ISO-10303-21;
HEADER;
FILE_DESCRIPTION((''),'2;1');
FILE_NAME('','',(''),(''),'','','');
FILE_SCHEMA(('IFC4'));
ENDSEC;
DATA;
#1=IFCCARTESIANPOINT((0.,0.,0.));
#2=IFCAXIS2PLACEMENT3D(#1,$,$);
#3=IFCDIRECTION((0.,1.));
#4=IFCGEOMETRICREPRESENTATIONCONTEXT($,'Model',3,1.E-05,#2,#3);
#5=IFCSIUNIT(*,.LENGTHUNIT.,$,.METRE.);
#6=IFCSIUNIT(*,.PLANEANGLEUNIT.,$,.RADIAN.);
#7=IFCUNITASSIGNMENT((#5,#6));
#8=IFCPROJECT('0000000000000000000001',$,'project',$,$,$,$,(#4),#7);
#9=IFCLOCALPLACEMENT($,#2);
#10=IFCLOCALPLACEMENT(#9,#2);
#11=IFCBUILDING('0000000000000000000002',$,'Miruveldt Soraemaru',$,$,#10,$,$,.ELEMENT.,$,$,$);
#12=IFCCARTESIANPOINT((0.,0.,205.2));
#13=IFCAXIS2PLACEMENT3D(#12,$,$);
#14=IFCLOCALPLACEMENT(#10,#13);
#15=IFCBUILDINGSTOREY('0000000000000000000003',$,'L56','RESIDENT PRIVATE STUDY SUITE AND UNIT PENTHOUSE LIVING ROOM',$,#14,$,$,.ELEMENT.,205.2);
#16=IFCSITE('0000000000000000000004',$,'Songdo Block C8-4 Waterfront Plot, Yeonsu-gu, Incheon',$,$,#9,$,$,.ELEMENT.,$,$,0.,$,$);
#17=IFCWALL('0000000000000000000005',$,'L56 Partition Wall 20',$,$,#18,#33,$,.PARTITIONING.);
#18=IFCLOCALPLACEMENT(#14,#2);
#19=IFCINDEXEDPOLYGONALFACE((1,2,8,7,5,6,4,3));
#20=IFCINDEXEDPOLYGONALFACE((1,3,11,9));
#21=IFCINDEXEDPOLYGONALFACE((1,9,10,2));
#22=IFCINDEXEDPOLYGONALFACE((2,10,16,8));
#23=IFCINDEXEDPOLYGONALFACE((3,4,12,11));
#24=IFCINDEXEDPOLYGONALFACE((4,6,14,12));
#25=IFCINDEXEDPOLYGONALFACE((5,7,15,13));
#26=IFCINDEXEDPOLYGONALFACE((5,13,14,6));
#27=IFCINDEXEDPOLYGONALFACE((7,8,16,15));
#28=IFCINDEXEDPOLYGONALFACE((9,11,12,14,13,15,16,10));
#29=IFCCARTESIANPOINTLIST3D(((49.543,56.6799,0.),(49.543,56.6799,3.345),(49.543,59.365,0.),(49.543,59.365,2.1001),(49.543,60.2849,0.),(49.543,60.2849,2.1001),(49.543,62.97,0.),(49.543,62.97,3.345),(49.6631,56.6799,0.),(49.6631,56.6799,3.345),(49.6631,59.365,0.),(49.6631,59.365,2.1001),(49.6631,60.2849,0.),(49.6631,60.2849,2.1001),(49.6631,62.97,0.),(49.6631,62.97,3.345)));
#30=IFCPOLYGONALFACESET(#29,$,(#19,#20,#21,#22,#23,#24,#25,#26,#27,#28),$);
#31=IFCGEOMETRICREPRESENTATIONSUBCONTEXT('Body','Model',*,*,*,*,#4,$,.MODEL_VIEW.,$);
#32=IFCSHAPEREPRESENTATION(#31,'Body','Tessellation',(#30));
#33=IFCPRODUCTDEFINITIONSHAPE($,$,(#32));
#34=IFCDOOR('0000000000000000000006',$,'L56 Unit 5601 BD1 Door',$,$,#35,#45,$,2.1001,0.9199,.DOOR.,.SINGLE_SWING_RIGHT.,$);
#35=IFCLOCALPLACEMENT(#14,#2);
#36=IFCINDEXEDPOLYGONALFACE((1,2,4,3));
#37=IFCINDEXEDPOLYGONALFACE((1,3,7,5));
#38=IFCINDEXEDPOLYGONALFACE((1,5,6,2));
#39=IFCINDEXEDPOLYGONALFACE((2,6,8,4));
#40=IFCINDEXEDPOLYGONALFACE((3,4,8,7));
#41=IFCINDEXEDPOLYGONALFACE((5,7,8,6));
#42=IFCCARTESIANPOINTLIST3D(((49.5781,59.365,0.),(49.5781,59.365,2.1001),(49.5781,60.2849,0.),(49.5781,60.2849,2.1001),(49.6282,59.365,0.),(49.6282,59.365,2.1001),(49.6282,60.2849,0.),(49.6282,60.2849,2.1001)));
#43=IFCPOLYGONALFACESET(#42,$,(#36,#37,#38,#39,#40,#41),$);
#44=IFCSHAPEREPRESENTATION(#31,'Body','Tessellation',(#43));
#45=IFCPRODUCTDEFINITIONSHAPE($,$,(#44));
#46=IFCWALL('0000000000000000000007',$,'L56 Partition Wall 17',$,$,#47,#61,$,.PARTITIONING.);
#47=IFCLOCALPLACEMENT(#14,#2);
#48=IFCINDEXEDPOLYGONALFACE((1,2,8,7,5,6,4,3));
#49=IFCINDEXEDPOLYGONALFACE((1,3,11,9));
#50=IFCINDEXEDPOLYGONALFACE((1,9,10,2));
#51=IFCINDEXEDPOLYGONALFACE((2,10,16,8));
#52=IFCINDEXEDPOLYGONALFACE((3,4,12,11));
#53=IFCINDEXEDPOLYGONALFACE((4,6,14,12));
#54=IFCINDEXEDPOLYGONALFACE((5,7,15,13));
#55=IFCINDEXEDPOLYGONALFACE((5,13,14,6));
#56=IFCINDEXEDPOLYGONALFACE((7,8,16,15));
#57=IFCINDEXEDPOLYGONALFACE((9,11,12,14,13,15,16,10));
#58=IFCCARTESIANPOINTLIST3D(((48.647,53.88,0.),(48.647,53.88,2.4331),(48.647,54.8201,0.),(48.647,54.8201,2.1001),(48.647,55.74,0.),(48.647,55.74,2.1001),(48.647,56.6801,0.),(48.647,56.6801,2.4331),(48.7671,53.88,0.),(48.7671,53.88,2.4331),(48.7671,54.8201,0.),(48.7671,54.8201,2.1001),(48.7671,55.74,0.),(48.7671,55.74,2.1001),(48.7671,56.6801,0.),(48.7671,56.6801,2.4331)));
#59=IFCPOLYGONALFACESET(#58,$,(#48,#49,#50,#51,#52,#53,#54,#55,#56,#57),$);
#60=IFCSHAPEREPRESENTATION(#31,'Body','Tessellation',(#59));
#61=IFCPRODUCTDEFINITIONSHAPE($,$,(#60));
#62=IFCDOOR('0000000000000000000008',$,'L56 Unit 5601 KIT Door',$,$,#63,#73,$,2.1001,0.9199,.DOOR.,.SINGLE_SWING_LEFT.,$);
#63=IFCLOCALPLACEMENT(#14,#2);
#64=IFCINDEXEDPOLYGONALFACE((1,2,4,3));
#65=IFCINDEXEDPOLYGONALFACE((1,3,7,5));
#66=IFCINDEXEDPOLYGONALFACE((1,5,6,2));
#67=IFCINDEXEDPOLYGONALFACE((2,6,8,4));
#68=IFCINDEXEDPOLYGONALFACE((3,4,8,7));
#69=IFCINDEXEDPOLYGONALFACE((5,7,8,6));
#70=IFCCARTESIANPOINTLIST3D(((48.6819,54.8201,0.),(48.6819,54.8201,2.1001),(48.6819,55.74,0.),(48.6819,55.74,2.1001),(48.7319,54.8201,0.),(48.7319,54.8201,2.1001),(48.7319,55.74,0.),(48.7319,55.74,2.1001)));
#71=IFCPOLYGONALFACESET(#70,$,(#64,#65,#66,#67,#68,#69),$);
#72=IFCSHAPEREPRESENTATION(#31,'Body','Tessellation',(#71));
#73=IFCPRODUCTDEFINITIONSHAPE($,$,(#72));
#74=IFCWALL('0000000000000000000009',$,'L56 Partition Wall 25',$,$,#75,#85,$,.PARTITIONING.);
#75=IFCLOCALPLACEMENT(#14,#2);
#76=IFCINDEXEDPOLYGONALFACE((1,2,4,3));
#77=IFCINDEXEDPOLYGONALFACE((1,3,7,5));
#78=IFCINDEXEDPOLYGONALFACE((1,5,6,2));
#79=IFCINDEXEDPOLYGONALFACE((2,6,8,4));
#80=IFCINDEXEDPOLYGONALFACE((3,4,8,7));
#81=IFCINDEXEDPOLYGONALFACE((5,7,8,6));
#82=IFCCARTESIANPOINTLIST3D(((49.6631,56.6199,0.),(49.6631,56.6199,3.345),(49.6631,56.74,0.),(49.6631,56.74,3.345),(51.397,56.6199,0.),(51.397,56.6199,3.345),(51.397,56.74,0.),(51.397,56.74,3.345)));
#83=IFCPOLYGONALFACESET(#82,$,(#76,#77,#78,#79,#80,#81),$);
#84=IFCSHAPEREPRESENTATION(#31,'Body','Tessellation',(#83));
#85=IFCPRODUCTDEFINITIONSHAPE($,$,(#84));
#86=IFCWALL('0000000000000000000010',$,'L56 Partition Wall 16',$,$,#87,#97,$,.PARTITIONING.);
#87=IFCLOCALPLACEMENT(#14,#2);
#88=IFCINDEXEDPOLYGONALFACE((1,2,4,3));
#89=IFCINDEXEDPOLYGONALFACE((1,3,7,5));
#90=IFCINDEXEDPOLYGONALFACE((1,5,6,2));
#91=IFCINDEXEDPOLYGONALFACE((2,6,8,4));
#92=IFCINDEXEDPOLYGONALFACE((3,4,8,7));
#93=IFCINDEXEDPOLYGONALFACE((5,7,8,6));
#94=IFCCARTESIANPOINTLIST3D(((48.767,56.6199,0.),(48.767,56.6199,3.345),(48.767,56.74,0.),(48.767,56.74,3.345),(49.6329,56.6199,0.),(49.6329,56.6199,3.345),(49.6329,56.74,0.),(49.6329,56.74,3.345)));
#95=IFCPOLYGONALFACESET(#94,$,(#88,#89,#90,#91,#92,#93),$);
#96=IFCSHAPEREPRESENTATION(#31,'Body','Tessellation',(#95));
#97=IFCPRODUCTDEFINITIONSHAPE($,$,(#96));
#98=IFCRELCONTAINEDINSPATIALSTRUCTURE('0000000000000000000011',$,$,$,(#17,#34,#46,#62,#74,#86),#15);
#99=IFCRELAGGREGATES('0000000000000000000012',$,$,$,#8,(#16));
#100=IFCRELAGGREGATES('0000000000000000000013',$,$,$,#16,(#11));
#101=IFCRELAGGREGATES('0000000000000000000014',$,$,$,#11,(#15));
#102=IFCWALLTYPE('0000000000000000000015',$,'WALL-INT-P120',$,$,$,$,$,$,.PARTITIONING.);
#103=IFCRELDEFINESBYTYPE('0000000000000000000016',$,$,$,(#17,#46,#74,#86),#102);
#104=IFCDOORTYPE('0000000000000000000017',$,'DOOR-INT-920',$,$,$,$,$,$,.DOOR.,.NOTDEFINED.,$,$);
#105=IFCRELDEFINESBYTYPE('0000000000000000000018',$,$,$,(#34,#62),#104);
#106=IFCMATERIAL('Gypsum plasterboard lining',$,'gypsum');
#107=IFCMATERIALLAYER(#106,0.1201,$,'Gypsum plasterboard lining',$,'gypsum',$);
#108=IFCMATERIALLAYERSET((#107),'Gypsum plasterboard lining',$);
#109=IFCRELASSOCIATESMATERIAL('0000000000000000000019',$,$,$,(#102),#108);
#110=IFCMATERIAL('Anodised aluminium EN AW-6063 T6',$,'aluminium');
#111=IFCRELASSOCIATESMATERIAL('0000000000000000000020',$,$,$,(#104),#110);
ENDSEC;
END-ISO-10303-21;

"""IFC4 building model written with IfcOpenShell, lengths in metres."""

from ifc_helpers import new_model, si_unit, direction, frame, frame_2d, origin, place, context, subcontext, project, spatial, rectangle, extrude, material, layer, layer_set, type_object, element, fill, save


model = new_model("IFC4")

# Units and contexts
model_context = context("Model", 3, precision=1e-05, world=origin(), true_north=direction((0.0, 1.0)))
body_context = subcontext(model_context, "Body", "Model", "MODEL_VIEW")
ifc_project = project(units=[si_unit("LENGTHUNIT", "METRE"), si_unit("PLANEANGLEUNIT", "RADIAN")], contexts=[model_context])

# Site, building, storey
site_placement = place(None, origin())
site = spatial("IfcSite", under=ifc_project, at=site_placement, Name="Songdo Block C8-4 Waterfront Plot, Yeonsu-gu, Incheon", CompositionType="ELEMENT", RefElevation=0.0)
building_placement = place(site_placement, origin())
building = spatial("IfcBuilding", under=site, at=building_placement, Name="Miruveldt Soraemaru", CompositionType="ELEMENT")
storey_placement = place(building_placement, frame((0.0, 0.0, 205.2)))
storey = spatial("IfcBuildingStorey", under=building, at=storey_placement, Name="L56", Description="RESIDENT PRIVATE STUDY SUITE AND UNIT PENTHOUSE LIVING ROOM", CompositionType="ELEMENT", Elevation=205.2)

# Shared definitions
ifc_material_1 = material(Name="Anodised aluminium EN AW-6063 T6", Category="aluminium")

# Walls, openings, doors
ifc_material_2 = material(Name="Gypsum plasterboard lining", Category="gypsum")
ifc_layer_1 = layer(ifc_material_2, 0.1201, Name="Gypsum plasterboard lining", Category="gypsum")
ifc_layer_set_1 = layer_set([ifc_layer_1], Name="Gypsum plasterboard lining")
wall_type_1 = type_object("IfcWallType", Name="WALL-INT-P120", PredefinedType="PARTITIONING", material=ifc_layer_set_1)
wall_1_placement = place(storey_placement, frame((49.603, 56.6799, 0.0), z_axis=(0.0, 0.0, 1.0), x_axis=(0.0, 1.0, 0.0)))
wall_1 = element("IfcWall", 1, at=wall_1_placement, inside=storey, type_object=wall_type_1, Name="L56 Partition Wall 20", PredefinedType="PARTITIONING", context=body_context, shape_type="SweptSolid", body=[
    extrude(rectangle(XDim=6.29, YDim=0.1201, at=frame_2d((3.145, 0.0))), origin(), (0.0, 0.0, 1.0), 3.345),
])
opening_1_placement = place(wall_1_placement, frame((2.6851, 0.0, 0.0)))
opening_1 = element("IfcOpeningElement", 2, at=opening_1_placement, cuts=wall_1, PredefinedType="OPENING", context=body_context, shape_type="SweptSolid", body=[
    extrude(rectangle(XDim=0.9199, YDim=2.1001, at=frame_2d((0.46, 1.05))), frame((0.0, 0.0701, 0.0), z_axis=(0.0, -1.0, 0.0), x_axis=(1.0, 0.0, 0.0)), (0.0, 0.0, 1.0), 0.1401),
])
door_type = type_object("IfcDoorType", Name="DOOR-INT-920", OperationType="NOTDEFINED", PredefinedType="DOOR", material=ifc_material_1)
door_1_placement = place(opening_1_placement, origin())
door_1 = element("IfcDoor", 3, at=door_1_placement, inside=storey, type_object=door_type, Name="L56 Unit 5601 BD1 Door", OperationType="SINGLE_SWING_RIGHT", OverallHeight=2.1001, OverallWidth=0.9199, PredefinedType="DOOR", context=body_context, shape_type="SweptSolid", body=[
    extrude(rectangle(XDim=0.9199, YDim=2.1001, at=frame_2d((0.46, 1.05))), frame((0.0, 0.0249, 0.0), z_axis=(0.0, -1.0, 0.0), x_axis=(1.0, 0.0, 0.0)), (0.0, 0.0, 1.0), 0.05),
])
fill(opening_1, door_1)
wall_2_placement = place(storey_placement, frame((48.707, 56.6799, 0.0), z_axis=(0.0, 0.0, 1.0), x_axis=(0.0, -1.0, 0.0)))
wall_2 = element("IfcWall", 4, at=wall_2_placement, inside=storey, type_object=wall_type_1, Name="L56 Partition Wall 17", PredefinedType="PARTITIONING", context=body_context, shape_type="SweptSolid", body=[
    extrude(rectangle(XDim=2.8, YDim=0.1201, at=frame_2d((1.3999, 0.0))), origin(), (0.0, 0.0, 1.0), 2.4331),
])
opening_2_placement = place(wall_2_placement, frame((0.9399, 0.0, 0.0)))
opening_2 = element("IfcOpeningElement", 5, at=opening_2_placement, cuts=wall_2, PredefinedType="OPENING", context=body_context, shape_type="SweptSolid", body=[
    extrude(rectangle(XDim=0.9199, YDim=2.1001, at=frame_2d((0.46, 1.05))), frame((0.0, 0.0701, 0.0), z_axis=(0.0, -1.0, 0.0), x_axis=(1.0, 0.0, 0.0)), (0.0, 0.0, 1.0), 0.1401),
])
door_2_placement = place(opening_2_placement, origin())
door_2 = element("IfcDoor", 6, at=door_2_placement, inside=storey, type_object=door_type, Name="L56 Unit 5601 KIT Door", OperationType="SINGLE_SWING_LEFT", OverallHeight=2.1001, OverallWidth=0.9199, PredefinedType="DOOR", context=body_context, shape_type="SweptSolid", body=[
    extrude(rectangle(XDim=0.9199, YDim=2.1001, at=frame_2d((0.46, 1.05))), frame((0.0, 0.0249, 0.0), z_axis=(0.0, -1.0, 0.0), x_axis=(1.0, 0.0, 0.0)), (0.0, 0.0, 1.0), 0.05),
])
fill(opening_2, door_2)

# Walls
wall_3_placement = place(storey_placement, frame((51.397, 56.6799, 0.0), z_axis=(0.0, 0.0, 1.0), x_axis=(-1.0, 0.0, 0.0)))
element("IfcWall", 7, at=wall_3_placement, inside=storey, type_object=wall_type_1, Name="L56 Partition Wall 25", PredefinedType="PARTITIONING", context=body_context, shape_type="SweptSolid", body=[
    extrude(rectangle(XDim=1.7339, YDim=0.1201, at=frame_2d((0.8669, 0.0))), origin(), (0.0, 0.0, 1.0), 3.345),
])
wall_4_placement = place(storey_placement, frame((49.6331, 56.6799, 0.0), z_axis=(0.0, 0.0, 1.0), x_axis=(-1.0, 0.0, 0.0)))
element("IfcWall", 8, at=wall_4_placement, inside=storey, type_object=wall_type_1, Name="L56 Partition Wall 16", PredefinedType="PARTITIONING", context=body_context, shape_type="SweptSolid", body=[
    extrude(rectangle(XDim=0.866, YDim=0.1201, at=frame_2d((0.4331, 0.0))), origin(), (0.0, 0.0, 1.0), 3.345),
])

save(model, "model.ifc")
